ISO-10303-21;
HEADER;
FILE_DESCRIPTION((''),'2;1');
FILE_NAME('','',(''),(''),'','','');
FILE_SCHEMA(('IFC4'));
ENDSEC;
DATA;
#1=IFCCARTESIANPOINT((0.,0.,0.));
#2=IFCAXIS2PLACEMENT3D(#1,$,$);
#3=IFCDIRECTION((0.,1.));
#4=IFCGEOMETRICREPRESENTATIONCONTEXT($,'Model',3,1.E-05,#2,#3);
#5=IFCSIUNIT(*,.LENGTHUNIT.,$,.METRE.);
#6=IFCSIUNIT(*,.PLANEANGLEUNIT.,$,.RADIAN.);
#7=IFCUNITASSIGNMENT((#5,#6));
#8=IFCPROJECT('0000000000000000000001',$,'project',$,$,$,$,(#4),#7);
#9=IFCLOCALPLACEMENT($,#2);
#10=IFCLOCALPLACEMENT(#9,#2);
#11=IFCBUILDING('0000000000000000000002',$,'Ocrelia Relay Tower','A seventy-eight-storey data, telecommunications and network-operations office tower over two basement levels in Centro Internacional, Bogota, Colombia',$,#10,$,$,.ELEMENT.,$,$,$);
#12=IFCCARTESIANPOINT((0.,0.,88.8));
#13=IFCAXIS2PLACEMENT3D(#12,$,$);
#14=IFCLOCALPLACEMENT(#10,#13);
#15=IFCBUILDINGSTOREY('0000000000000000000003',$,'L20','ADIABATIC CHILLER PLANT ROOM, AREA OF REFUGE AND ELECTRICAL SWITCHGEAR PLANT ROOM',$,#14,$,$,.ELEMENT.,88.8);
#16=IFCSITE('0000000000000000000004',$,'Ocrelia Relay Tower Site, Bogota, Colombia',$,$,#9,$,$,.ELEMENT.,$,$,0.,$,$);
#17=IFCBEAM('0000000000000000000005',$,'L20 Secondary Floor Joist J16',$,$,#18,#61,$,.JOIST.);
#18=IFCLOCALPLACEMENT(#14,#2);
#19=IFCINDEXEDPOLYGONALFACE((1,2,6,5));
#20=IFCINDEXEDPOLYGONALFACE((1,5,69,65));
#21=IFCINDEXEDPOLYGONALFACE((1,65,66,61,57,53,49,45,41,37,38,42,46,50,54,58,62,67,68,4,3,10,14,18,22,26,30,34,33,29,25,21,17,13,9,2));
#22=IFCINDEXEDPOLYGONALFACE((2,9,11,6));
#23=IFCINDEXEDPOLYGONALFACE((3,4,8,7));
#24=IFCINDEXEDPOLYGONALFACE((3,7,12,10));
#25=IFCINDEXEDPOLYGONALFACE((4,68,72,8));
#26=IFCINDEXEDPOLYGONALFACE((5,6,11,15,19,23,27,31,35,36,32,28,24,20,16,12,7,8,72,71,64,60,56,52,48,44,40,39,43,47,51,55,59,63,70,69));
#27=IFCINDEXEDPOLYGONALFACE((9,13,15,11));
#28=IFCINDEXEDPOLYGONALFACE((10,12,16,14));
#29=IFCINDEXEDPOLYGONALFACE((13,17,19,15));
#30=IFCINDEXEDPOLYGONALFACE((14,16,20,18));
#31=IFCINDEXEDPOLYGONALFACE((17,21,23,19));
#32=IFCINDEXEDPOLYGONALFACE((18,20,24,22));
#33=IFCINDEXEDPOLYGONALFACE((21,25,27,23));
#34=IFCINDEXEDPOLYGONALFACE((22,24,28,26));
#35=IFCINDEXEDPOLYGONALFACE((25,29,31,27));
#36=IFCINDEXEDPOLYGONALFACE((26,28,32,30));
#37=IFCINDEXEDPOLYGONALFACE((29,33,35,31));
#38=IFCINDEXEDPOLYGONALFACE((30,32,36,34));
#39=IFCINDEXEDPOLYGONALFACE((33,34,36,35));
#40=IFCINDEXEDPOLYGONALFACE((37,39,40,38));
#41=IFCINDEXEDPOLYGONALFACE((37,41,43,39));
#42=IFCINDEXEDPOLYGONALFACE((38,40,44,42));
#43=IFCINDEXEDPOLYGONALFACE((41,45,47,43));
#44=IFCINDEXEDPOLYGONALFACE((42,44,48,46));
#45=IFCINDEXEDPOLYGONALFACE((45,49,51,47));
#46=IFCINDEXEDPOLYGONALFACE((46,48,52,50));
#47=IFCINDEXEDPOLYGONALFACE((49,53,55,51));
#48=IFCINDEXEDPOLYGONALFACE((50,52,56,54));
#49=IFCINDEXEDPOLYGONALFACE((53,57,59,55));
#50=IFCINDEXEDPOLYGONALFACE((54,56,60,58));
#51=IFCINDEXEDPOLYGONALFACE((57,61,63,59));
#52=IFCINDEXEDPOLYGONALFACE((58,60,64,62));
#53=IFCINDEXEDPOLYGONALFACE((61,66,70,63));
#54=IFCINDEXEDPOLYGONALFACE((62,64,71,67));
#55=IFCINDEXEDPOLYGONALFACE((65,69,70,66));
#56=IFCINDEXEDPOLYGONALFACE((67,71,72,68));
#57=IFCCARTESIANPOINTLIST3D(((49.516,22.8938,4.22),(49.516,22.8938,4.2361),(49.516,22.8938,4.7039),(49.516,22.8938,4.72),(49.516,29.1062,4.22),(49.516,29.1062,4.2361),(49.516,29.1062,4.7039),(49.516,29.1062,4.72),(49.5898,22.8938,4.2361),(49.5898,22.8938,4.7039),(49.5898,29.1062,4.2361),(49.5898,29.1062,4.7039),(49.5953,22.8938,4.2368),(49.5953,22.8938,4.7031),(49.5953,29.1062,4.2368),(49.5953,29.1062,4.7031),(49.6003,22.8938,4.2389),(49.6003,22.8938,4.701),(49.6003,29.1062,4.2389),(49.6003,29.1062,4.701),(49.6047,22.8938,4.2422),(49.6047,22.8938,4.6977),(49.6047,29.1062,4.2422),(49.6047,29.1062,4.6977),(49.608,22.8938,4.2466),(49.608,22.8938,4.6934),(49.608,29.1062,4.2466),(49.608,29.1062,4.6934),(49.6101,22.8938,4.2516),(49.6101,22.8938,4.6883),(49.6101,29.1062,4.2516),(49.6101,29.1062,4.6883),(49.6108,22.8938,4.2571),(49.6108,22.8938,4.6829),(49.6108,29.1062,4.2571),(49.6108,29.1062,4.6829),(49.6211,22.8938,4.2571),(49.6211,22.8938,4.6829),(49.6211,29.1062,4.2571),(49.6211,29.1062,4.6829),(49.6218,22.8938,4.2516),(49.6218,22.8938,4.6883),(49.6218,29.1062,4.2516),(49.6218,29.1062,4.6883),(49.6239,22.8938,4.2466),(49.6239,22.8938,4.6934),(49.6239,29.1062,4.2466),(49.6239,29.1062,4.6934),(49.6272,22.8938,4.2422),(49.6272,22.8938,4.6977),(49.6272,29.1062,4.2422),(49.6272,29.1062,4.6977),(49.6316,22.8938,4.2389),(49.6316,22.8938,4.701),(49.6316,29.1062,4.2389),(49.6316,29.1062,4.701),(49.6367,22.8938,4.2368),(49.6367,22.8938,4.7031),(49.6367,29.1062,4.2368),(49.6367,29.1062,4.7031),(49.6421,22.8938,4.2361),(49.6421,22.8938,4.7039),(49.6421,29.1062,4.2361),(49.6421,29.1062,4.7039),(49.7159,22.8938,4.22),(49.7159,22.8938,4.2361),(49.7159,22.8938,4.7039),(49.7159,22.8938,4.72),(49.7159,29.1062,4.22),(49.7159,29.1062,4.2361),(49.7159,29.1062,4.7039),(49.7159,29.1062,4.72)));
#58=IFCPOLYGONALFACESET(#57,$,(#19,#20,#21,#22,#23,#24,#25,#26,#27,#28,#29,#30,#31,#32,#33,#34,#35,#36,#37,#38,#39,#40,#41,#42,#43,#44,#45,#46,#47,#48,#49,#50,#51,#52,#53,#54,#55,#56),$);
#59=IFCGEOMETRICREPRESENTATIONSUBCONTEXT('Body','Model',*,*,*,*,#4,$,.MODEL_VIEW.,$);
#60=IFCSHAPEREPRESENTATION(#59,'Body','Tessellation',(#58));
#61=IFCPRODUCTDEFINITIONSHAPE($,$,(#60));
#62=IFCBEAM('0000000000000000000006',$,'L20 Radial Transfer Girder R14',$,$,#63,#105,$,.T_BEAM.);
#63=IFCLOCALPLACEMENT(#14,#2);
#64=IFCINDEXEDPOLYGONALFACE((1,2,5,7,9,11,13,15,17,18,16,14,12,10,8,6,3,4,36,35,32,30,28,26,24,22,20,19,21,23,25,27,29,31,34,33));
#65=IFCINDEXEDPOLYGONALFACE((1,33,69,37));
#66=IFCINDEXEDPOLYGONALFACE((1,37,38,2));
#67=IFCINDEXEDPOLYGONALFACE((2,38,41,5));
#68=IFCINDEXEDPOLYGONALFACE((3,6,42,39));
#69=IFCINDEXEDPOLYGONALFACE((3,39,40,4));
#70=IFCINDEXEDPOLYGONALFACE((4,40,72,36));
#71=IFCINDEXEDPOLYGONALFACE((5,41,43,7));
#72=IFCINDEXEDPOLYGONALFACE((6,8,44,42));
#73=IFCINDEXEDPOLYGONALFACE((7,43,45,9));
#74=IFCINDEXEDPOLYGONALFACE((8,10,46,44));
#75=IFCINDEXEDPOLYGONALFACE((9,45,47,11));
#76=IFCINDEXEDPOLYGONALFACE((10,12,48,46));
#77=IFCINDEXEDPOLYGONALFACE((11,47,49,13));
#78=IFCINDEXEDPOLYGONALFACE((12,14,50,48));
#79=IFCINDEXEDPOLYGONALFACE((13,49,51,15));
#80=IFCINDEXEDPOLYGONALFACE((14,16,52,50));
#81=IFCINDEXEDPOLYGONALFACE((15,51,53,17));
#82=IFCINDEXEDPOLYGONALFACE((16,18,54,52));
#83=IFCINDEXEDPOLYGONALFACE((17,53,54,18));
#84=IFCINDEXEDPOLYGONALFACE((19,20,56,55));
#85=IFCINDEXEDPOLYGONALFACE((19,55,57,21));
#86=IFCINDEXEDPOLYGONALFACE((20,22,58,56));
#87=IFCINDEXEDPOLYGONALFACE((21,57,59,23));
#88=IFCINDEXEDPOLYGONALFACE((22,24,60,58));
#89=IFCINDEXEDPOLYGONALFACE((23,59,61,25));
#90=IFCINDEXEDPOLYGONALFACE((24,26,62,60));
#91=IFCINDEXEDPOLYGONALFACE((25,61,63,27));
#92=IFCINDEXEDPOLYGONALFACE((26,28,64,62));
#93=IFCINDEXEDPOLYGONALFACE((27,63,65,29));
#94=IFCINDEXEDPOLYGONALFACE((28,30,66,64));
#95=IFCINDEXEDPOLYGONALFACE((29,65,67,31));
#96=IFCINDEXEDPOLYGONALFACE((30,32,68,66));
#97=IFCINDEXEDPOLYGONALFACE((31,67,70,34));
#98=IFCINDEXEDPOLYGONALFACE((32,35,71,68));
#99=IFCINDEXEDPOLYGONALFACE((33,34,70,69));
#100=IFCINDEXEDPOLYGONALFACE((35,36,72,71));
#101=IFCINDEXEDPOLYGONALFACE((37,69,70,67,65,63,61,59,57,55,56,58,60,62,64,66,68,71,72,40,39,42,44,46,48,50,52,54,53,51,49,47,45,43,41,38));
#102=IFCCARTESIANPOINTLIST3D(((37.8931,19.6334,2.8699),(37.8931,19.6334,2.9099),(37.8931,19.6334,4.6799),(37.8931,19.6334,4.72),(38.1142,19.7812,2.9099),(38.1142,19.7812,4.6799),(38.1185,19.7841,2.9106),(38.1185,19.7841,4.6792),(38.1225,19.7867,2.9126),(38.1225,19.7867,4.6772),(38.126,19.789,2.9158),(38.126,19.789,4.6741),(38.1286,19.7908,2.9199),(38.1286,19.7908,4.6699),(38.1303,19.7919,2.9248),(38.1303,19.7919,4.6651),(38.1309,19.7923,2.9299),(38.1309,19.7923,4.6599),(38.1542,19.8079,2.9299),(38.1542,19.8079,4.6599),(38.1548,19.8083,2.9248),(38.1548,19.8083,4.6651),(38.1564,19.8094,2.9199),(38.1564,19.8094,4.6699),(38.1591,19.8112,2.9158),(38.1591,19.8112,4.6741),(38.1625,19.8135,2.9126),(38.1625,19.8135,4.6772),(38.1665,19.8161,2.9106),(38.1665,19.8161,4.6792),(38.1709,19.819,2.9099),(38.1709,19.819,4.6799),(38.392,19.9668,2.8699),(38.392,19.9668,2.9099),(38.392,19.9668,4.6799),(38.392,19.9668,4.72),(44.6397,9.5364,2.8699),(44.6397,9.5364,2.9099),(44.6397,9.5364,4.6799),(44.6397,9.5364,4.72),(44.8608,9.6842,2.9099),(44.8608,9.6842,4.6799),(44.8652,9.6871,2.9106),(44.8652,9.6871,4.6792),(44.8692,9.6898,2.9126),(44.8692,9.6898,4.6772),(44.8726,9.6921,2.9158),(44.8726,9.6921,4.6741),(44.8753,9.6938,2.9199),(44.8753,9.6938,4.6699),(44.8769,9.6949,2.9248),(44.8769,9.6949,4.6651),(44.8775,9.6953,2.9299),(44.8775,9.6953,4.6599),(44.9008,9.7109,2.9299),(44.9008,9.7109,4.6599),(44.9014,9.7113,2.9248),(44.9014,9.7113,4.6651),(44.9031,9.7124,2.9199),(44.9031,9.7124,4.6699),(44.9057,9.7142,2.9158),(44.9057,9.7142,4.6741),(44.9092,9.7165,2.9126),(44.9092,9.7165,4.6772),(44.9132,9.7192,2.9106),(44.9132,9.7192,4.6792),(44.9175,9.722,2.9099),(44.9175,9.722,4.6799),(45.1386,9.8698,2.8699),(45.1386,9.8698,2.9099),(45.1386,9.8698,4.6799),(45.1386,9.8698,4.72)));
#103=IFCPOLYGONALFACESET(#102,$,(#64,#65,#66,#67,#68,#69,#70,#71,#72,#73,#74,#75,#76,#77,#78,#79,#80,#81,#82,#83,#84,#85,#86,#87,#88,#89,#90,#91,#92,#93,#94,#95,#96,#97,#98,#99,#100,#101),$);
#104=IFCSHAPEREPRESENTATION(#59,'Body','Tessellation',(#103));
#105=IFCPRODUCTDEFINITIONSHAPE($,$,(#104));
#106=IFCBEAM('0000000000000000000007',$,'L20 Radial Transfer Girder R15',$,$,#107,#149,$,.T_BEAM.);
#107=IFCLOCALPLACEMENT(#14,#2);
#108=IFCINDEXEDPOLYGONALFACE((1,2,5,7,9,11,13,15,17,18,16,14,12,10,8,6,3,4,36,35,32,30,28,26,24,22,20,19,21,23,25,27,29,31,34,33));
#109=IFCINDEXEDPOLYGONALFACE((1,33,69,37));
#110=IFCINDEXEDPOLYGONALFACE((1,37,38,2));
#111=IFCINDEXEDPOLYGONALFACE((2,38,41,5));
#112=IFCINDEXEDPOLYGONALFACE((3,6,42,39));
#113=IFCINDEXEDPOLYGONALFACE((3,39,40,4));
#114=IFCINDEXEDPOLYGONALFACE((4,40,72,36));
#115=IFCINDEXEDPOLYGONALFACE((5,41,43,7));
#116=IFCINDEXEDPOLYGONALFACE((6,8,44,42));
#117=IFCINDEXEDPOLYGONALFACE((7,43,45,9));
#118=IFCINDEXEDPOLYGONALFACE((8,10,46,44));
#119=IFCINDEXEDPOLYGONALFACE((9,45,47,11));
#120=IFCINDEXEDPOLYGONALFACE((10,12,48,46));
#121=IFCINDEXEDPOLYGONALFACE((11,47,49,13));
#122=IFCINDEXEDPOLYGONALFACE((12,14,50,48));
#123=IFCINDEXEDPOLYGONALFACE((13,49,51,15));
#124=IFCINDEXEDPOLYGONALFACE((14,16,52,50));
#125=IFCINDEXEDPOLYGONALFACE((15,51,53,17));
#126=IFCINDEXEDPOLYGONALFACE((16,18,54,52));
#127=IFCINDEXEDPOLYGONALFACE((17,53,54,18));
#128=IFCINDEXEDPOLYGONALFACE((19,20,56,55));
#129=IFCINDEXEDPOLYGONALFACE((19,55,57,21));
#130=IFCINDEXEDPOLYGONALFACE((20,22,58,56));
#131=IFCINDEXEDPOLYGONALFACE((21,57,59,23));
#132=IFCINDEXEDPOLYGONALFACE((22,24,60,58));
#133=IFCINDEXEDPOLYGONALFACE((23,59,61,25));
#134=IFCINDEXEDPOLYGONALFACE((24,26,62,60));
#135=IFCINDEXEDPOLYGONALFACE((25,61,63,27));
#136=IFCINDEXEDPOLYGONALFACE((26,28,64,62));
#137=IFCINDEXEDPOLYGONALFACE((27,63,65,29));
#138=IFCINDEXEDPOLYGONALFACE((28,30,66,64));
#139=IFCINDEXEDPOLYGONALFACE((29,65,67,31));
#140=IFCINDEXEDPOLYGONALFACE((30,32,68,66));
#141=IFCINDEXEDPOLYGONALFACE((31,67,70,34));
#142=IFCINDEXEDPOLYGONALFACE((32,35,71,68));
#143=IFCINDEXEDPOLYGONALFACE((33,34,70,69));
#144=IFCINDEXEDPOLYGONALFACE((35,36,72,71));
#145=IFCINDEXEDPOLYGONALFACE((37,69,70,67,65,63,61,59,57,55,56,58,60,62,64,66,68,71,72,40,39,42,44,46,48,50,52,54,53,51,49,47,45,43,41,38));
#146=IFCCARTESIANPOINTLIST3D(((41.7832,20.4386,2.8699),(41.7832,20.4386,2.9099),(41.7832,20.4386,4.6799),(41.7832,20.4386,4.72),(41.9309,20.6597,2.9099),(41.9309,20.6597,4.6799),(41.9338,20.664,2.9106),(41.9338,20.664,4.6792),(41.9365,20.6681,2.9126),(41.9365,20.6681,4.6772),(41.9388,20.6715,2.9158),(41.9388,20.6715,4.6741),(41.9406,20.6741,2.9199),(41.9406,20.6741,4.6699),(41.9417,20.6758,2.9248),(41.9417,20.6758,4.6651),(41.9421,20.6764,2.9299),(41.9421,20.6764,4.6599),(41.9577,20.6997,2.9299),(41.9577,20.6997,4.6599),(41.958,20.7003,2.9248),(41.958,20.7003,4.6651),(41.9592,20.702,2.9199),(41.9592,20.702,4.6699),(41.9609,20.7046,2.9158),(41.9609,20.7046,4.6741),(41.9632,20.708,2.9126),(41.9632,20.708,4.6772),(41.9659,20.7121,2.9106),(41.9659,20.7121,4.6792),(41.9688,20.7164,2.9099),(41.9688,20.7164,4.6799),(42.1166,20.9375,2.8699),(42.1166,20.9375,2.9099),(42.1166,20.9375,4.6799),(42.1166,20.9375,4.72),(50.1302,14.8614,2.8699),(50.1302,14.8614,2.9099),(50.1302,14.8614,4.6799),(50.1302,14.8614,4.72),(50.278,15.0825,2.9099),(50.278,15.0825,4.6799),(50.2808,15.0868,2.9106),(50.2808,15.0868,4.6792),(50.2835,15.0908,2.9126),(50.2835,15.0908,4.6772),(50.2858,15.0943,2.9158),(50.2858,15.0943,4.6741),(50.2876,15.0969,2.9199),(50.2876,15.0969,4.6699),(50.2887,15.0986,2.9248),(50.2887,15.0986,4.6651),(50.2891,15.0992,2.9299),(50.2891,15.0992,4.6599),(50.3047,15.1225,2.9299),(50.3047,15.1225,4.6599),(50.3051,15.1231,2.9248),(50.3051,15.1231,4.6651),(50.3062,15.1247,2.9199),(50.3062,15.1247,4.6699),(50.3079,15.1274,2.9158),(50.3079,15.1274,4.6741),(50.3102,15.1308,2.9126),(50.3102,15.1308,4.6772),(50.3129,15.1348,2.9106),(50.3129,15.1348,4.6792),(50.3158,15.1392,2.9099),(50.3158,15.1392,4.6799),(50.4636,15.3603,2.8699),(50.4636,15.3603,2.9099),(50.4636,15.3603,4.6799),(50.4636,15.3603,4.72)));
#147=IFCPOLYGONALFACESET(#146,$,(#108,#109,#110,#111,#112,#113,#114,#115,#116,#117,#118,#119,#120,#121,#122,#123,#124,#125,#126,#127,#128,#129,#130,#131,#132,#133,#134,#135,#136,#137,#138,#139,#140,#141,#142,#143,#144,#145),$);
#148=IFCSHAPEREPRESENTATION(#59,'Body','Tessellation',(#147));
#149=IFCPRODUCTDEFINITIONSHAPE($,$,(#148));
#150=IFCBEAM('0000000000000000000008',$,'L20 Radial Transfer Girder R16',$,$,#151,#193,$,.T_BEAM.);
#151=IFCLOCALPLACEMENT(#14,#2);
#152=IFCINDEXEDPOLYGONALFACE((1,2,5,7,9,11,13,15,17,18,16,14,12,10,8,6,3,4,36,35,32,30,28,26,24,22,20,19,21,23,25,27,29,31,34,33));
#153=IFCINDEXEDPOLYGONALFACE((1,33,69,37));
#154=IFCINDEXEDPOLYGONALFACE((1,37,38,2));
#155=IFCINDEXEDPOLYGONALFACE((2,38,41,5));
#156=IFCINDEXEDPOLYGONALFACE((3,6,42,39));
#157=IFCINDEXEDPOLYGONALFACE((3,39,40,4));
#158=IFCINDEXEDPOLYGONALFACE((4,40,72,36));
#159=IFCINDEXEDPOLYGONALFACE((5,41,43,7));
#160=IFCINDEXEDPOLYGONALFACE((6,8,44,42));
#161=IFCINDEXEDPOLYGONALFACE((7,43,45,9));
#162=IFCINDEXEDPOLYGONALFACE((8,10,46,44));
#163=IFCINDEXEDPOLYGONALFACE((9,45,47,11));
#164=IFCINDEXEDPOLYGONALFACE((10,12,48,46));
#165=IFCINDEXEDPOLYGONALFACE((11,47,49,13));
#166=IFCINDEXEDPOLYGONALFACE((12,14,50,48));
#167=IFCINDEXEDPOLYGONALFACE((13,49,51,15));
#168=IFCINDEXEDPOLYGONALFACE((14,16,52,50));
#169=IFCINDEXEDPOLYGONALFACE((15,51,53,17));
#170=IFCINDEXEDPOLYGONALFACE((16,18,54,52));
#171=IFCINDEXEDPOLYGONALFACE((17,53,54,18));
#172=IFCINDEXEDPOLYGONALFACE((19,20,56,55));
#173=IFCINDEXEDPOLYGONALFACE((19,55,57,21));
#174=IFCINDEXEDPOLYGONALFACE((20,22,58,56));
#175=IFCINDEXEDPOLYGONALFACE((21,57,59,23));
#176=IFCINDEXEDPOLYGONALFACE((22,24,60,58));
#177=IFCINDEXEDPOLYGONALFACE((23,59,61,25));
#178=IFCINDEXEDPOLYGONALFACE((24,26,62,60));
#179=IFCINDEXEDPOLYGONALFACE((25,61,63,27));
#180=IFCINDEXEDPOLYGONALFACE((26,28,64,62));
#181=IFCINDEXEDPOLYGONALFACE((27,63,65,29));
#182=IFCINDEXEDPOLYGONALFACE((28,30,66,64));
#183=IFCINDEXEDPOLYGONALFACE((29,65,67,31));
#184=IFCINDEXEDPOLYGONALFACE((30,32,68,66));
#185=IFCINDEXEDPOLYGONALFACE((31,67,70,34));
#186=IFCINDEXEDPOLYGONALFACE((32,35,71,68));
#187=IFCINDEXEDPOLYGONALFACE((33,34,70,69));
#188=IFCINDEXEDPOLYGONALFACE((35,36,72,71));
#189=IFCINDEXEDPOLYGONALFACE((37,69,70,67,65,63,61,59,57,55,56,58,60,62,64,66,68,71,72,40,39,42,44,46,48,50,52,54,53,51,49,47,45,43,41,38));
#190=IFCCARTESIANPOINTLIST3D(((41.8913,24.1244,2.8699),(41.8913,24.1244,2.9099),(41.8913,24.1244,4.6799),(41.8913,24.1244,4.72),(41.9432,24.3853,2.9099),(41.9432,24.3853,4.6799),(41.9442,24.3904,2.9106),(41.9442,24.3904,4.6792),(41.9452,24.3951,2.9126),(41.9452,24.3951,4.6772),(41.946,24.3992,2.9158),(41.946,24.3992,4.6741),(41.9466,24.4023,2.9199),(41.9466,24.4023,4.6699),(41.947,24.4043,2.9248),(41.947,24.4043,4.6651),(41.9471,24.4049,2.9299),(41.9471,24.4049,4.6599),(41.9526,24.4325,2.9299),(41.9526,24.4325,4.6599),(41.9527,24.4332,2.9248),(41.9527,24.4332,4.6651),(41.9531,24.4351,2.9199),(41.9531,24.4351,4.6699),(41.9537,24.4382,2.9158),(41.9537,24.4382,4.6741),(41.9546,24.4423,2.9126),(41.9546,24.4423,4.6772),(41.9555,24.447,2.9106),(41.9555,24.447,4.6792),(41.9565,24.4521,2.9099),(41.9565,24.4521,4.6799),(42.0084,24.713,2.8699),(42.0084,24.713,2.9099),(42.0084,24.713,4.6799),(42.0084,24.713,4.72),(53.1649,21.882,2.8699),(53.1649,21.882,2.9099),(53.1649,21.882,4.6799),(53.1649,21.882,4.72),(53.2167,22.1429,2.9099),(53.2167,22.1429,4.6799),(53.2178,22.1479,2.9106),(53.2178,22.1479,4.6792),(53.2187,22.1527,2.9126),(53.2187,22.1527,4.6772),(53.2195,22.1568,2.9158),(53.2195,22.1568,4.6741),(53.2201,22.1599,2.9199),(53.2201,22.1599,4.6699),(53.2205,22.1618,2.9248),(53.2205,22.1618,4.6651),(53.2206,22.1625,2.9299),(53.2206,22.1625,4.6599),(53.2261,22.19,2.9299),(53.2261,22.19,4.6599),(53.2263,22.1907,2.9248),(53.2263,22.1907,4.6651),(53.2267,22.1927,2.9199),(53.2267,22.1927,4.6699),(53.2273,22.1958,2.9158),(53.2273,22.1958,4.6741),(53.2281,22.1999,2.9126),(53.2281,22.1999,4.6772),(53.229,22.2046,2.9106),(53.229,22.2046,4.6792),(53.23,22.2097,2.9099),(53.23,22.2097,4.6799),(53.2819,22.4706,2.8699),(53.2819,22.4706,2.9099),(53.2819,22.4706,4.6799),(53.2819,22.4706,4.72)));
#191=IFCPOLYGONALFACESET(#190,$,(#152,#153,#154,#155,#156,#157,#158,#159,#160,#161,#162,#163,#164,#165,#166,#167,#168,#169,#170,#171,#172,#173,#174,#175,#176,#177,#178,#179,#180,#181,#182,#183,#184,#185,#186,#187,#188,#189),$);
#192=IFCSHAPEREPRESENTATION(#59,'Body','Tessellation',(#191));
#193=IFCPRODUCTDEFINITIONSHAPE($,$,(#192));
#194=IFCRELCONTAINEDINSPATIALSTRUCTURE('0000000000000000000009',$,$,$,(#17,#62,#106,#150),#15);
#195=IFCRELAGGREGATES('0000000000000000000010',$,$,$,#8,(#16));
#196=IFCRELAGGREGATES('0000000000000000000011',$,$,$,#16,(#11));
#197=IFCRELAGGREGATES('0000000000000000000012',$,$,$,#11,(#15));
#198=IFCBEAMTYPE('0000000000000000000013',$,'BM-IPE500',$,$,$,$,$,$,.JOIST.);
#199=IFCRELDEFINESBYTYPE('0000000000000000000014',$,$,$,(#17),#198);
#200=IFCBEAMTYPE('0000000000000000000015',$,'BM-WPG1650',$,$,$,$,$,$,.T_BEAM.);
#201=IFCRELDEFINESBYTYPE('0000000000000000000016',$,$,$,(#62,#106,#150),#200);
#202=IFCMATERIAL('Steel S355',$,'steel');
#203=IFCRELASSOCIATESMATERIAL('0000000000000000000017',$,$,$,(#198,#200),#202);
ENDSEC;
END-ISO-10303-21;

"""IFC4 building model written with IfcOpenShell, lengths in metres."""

from ifc_helpers import new_model, si_unit, direction, frame, origin, origin_2d, place, context, subcontext, project, spatial, i_section, extrude, material, material_profile, profile_set, type_object, element, save


model = new_model("IFC4")

# Units and contexts
model_context = context("Model", 3, precision=1e-05, world=origin(), true_north=direction((0.0, 1.0)))
body_context = subcontext(model_context, "Body", "Model", "MODEL_VIEW")
ifc_project = project(units=[si_unit("LENGTHUNIT", "METRE"), si_unit("PLANEANGLEUNIT", "RADIAN")], contexts=[model_context])

# Site, building, storey
site_placement = place(None, origin())
site = spatial("IfcSite", under=ifc_project, at=site_placement, Name="Ocrelia Relay Tower Site, Bogota, Colombia", CompositionType="ELEMENT", RefElevation=0.0)
building_placement = place(site_placement, origin())
building = spatial("IfcBuilding", under=site, at=building_placement, Name="Ocrelia Relay Tower", Description="A seventy-eight-storey data, telecommunications and network-operations office tower over two basement levels in Centro Internacional, Bogota, Colombia", CompositionType="ELEMENT")
storey_placement = place(building_placement, frame((0.0, 0.0, 88.8)))
storey = spatial("IfcBuildingStorey", under=building, at=storey_placement, Name="L20", Description="ADIABATIC CHILLER PLANT ROOM, AREA OF REFUGE AND ELECTRICAL SWITCHGEAR PLANT ROOM", CompositionType="ELEMENT", Elevation=88.8)

# Beams
ifc_material_1 = material(Name="Steel S355", Category="steel")
ifc_material_profile_1 = material_profile(ifc_material_1, i_section(OverallWidth=0.2, OverallDepth=0.5, WebThickness=0.0103, FlangeThickness=0.0161, FilletRadius=0.021, at=origin_2d()), Name="IPE 500")
ifc_profile_set_1 = profile_set([ifc_material_profile_1], Name="Steel S355")
beam_type_1 = type_object("IfcBeamType", Name="BM-IPE500", PredefinedType="JOIST", material=ifc_profile_set_1)
beam_1_placement = place(storey_placement, frame((49.616, 22.8938, 4.47), z_axis=(0.0, 1.0, 0.0), x_axis=(-1.0, 0.0, 0.0)))
element("IfcBeam", 1, at=beam_1_placement, inside=storey, type_object=beam_type_1, Name="L20 Secondary Floor Joist J16", PredefinedType="JOIST", context=body_context, shape_type="SweptSolid", body=[
    extrude(i_section(OverallWidth=0.2, OverallDepth=0.5, WebThickness=0.0103, FlangeThickness=0.0161, FilletRadius=0.021, at=origin_2d()), origin(), (0.0, 0.0, 1.0), 6.2124),
])
ifc_material_profile_2 = material_profile(ifc_material_1, i_section(OverallWidth=0.6001, OverallDepth=1.8501, WebThickness=0.0281, FlangeThickness=0.04, FilletRadius=0.02, at=origin_2d()), Name="WPG 1850x600")
ifc_profile_set_2 = profile_set([ifc_material_profile_2], Name="Steel S355")
beam_type_2 = type_object("IfcBeamType", Name="BM-WPG1650", PredefinedType="T_BEAM", material=ifc_profile_set_2)
beam_2_placement = place(storey_placement, frame((44.8892, 9.7031, 3.7949), z_axis=(-0.555572, 0.831468, 0.0), x_axis=(-0.831468, -0.555572, 0.0)))
element("IfcBeam", 2, at=beam_2_placement, inside=storey, type_object=beam_type_2, Name="L20 Radial Transfer Girder R14", PredefinedType="T_BEAM", context=body_context, shape_type="SweptSolid", body=[
    extrude(i_section(OverallWidth=0.6001, OverallDepth=1.8501, WebThickness=0.0281, FlangeThickness=0.04, FilletRadius=0.02, at=origin_2d()), origin(), (0.0, 0.0, 1.0), 12.1436),
])
beam_3_placement = place(storey_placement, frame((50.2969, 15.1108, 3.7949), z_axis=(-0.831474, 0.555564, 0.0), x_axis=(-0.555564, -0.831474, 0.0)))
element("IfcBeam", 3, at=beam_3_placement, inside=storey, type_object=beam_type_2, Name="L20 Radial Transfer Girder R15", PredefinedType="T_BEAM", context=body_context, shape_type="SweptSolid", body=[
    extrude(i_section(OverallWidth=0.6001, OverallDepth=1.8501, WebThickness=0.0281, FlangeThickness=0.04, FilletRadius=0.02, at=origin_2d()), origin(), (0.0, 0.0, 1.0), 10.0388),
])
beam_4_placement = place(storey_placement, frame((53.2234, 22.1763, 3.7949), z_axis=(-0.980785, 0.195091, 0.0), x_axis=(-0.195091, -0.980785, 0.0)))
element("IfcBeam", 4, at=beam_4_placement, inside=storey, type_object=beam_type_2, Name="L20 Radial Transfer Girder R16", PredefinedType="T_BEAM", context=body_context, shape_type="SweptSolid", body=[
    extrude(i_section(OverallWidth=0.6001, OverallDepth=1.8501, WebThickness=0.0281, FlangeThickness=0.04, FilletRadius=0.02, at=origin_2d()), origin(), (0.0, 0.0, 1.0), 11.4944),
])

save(model, "model.ifc")
